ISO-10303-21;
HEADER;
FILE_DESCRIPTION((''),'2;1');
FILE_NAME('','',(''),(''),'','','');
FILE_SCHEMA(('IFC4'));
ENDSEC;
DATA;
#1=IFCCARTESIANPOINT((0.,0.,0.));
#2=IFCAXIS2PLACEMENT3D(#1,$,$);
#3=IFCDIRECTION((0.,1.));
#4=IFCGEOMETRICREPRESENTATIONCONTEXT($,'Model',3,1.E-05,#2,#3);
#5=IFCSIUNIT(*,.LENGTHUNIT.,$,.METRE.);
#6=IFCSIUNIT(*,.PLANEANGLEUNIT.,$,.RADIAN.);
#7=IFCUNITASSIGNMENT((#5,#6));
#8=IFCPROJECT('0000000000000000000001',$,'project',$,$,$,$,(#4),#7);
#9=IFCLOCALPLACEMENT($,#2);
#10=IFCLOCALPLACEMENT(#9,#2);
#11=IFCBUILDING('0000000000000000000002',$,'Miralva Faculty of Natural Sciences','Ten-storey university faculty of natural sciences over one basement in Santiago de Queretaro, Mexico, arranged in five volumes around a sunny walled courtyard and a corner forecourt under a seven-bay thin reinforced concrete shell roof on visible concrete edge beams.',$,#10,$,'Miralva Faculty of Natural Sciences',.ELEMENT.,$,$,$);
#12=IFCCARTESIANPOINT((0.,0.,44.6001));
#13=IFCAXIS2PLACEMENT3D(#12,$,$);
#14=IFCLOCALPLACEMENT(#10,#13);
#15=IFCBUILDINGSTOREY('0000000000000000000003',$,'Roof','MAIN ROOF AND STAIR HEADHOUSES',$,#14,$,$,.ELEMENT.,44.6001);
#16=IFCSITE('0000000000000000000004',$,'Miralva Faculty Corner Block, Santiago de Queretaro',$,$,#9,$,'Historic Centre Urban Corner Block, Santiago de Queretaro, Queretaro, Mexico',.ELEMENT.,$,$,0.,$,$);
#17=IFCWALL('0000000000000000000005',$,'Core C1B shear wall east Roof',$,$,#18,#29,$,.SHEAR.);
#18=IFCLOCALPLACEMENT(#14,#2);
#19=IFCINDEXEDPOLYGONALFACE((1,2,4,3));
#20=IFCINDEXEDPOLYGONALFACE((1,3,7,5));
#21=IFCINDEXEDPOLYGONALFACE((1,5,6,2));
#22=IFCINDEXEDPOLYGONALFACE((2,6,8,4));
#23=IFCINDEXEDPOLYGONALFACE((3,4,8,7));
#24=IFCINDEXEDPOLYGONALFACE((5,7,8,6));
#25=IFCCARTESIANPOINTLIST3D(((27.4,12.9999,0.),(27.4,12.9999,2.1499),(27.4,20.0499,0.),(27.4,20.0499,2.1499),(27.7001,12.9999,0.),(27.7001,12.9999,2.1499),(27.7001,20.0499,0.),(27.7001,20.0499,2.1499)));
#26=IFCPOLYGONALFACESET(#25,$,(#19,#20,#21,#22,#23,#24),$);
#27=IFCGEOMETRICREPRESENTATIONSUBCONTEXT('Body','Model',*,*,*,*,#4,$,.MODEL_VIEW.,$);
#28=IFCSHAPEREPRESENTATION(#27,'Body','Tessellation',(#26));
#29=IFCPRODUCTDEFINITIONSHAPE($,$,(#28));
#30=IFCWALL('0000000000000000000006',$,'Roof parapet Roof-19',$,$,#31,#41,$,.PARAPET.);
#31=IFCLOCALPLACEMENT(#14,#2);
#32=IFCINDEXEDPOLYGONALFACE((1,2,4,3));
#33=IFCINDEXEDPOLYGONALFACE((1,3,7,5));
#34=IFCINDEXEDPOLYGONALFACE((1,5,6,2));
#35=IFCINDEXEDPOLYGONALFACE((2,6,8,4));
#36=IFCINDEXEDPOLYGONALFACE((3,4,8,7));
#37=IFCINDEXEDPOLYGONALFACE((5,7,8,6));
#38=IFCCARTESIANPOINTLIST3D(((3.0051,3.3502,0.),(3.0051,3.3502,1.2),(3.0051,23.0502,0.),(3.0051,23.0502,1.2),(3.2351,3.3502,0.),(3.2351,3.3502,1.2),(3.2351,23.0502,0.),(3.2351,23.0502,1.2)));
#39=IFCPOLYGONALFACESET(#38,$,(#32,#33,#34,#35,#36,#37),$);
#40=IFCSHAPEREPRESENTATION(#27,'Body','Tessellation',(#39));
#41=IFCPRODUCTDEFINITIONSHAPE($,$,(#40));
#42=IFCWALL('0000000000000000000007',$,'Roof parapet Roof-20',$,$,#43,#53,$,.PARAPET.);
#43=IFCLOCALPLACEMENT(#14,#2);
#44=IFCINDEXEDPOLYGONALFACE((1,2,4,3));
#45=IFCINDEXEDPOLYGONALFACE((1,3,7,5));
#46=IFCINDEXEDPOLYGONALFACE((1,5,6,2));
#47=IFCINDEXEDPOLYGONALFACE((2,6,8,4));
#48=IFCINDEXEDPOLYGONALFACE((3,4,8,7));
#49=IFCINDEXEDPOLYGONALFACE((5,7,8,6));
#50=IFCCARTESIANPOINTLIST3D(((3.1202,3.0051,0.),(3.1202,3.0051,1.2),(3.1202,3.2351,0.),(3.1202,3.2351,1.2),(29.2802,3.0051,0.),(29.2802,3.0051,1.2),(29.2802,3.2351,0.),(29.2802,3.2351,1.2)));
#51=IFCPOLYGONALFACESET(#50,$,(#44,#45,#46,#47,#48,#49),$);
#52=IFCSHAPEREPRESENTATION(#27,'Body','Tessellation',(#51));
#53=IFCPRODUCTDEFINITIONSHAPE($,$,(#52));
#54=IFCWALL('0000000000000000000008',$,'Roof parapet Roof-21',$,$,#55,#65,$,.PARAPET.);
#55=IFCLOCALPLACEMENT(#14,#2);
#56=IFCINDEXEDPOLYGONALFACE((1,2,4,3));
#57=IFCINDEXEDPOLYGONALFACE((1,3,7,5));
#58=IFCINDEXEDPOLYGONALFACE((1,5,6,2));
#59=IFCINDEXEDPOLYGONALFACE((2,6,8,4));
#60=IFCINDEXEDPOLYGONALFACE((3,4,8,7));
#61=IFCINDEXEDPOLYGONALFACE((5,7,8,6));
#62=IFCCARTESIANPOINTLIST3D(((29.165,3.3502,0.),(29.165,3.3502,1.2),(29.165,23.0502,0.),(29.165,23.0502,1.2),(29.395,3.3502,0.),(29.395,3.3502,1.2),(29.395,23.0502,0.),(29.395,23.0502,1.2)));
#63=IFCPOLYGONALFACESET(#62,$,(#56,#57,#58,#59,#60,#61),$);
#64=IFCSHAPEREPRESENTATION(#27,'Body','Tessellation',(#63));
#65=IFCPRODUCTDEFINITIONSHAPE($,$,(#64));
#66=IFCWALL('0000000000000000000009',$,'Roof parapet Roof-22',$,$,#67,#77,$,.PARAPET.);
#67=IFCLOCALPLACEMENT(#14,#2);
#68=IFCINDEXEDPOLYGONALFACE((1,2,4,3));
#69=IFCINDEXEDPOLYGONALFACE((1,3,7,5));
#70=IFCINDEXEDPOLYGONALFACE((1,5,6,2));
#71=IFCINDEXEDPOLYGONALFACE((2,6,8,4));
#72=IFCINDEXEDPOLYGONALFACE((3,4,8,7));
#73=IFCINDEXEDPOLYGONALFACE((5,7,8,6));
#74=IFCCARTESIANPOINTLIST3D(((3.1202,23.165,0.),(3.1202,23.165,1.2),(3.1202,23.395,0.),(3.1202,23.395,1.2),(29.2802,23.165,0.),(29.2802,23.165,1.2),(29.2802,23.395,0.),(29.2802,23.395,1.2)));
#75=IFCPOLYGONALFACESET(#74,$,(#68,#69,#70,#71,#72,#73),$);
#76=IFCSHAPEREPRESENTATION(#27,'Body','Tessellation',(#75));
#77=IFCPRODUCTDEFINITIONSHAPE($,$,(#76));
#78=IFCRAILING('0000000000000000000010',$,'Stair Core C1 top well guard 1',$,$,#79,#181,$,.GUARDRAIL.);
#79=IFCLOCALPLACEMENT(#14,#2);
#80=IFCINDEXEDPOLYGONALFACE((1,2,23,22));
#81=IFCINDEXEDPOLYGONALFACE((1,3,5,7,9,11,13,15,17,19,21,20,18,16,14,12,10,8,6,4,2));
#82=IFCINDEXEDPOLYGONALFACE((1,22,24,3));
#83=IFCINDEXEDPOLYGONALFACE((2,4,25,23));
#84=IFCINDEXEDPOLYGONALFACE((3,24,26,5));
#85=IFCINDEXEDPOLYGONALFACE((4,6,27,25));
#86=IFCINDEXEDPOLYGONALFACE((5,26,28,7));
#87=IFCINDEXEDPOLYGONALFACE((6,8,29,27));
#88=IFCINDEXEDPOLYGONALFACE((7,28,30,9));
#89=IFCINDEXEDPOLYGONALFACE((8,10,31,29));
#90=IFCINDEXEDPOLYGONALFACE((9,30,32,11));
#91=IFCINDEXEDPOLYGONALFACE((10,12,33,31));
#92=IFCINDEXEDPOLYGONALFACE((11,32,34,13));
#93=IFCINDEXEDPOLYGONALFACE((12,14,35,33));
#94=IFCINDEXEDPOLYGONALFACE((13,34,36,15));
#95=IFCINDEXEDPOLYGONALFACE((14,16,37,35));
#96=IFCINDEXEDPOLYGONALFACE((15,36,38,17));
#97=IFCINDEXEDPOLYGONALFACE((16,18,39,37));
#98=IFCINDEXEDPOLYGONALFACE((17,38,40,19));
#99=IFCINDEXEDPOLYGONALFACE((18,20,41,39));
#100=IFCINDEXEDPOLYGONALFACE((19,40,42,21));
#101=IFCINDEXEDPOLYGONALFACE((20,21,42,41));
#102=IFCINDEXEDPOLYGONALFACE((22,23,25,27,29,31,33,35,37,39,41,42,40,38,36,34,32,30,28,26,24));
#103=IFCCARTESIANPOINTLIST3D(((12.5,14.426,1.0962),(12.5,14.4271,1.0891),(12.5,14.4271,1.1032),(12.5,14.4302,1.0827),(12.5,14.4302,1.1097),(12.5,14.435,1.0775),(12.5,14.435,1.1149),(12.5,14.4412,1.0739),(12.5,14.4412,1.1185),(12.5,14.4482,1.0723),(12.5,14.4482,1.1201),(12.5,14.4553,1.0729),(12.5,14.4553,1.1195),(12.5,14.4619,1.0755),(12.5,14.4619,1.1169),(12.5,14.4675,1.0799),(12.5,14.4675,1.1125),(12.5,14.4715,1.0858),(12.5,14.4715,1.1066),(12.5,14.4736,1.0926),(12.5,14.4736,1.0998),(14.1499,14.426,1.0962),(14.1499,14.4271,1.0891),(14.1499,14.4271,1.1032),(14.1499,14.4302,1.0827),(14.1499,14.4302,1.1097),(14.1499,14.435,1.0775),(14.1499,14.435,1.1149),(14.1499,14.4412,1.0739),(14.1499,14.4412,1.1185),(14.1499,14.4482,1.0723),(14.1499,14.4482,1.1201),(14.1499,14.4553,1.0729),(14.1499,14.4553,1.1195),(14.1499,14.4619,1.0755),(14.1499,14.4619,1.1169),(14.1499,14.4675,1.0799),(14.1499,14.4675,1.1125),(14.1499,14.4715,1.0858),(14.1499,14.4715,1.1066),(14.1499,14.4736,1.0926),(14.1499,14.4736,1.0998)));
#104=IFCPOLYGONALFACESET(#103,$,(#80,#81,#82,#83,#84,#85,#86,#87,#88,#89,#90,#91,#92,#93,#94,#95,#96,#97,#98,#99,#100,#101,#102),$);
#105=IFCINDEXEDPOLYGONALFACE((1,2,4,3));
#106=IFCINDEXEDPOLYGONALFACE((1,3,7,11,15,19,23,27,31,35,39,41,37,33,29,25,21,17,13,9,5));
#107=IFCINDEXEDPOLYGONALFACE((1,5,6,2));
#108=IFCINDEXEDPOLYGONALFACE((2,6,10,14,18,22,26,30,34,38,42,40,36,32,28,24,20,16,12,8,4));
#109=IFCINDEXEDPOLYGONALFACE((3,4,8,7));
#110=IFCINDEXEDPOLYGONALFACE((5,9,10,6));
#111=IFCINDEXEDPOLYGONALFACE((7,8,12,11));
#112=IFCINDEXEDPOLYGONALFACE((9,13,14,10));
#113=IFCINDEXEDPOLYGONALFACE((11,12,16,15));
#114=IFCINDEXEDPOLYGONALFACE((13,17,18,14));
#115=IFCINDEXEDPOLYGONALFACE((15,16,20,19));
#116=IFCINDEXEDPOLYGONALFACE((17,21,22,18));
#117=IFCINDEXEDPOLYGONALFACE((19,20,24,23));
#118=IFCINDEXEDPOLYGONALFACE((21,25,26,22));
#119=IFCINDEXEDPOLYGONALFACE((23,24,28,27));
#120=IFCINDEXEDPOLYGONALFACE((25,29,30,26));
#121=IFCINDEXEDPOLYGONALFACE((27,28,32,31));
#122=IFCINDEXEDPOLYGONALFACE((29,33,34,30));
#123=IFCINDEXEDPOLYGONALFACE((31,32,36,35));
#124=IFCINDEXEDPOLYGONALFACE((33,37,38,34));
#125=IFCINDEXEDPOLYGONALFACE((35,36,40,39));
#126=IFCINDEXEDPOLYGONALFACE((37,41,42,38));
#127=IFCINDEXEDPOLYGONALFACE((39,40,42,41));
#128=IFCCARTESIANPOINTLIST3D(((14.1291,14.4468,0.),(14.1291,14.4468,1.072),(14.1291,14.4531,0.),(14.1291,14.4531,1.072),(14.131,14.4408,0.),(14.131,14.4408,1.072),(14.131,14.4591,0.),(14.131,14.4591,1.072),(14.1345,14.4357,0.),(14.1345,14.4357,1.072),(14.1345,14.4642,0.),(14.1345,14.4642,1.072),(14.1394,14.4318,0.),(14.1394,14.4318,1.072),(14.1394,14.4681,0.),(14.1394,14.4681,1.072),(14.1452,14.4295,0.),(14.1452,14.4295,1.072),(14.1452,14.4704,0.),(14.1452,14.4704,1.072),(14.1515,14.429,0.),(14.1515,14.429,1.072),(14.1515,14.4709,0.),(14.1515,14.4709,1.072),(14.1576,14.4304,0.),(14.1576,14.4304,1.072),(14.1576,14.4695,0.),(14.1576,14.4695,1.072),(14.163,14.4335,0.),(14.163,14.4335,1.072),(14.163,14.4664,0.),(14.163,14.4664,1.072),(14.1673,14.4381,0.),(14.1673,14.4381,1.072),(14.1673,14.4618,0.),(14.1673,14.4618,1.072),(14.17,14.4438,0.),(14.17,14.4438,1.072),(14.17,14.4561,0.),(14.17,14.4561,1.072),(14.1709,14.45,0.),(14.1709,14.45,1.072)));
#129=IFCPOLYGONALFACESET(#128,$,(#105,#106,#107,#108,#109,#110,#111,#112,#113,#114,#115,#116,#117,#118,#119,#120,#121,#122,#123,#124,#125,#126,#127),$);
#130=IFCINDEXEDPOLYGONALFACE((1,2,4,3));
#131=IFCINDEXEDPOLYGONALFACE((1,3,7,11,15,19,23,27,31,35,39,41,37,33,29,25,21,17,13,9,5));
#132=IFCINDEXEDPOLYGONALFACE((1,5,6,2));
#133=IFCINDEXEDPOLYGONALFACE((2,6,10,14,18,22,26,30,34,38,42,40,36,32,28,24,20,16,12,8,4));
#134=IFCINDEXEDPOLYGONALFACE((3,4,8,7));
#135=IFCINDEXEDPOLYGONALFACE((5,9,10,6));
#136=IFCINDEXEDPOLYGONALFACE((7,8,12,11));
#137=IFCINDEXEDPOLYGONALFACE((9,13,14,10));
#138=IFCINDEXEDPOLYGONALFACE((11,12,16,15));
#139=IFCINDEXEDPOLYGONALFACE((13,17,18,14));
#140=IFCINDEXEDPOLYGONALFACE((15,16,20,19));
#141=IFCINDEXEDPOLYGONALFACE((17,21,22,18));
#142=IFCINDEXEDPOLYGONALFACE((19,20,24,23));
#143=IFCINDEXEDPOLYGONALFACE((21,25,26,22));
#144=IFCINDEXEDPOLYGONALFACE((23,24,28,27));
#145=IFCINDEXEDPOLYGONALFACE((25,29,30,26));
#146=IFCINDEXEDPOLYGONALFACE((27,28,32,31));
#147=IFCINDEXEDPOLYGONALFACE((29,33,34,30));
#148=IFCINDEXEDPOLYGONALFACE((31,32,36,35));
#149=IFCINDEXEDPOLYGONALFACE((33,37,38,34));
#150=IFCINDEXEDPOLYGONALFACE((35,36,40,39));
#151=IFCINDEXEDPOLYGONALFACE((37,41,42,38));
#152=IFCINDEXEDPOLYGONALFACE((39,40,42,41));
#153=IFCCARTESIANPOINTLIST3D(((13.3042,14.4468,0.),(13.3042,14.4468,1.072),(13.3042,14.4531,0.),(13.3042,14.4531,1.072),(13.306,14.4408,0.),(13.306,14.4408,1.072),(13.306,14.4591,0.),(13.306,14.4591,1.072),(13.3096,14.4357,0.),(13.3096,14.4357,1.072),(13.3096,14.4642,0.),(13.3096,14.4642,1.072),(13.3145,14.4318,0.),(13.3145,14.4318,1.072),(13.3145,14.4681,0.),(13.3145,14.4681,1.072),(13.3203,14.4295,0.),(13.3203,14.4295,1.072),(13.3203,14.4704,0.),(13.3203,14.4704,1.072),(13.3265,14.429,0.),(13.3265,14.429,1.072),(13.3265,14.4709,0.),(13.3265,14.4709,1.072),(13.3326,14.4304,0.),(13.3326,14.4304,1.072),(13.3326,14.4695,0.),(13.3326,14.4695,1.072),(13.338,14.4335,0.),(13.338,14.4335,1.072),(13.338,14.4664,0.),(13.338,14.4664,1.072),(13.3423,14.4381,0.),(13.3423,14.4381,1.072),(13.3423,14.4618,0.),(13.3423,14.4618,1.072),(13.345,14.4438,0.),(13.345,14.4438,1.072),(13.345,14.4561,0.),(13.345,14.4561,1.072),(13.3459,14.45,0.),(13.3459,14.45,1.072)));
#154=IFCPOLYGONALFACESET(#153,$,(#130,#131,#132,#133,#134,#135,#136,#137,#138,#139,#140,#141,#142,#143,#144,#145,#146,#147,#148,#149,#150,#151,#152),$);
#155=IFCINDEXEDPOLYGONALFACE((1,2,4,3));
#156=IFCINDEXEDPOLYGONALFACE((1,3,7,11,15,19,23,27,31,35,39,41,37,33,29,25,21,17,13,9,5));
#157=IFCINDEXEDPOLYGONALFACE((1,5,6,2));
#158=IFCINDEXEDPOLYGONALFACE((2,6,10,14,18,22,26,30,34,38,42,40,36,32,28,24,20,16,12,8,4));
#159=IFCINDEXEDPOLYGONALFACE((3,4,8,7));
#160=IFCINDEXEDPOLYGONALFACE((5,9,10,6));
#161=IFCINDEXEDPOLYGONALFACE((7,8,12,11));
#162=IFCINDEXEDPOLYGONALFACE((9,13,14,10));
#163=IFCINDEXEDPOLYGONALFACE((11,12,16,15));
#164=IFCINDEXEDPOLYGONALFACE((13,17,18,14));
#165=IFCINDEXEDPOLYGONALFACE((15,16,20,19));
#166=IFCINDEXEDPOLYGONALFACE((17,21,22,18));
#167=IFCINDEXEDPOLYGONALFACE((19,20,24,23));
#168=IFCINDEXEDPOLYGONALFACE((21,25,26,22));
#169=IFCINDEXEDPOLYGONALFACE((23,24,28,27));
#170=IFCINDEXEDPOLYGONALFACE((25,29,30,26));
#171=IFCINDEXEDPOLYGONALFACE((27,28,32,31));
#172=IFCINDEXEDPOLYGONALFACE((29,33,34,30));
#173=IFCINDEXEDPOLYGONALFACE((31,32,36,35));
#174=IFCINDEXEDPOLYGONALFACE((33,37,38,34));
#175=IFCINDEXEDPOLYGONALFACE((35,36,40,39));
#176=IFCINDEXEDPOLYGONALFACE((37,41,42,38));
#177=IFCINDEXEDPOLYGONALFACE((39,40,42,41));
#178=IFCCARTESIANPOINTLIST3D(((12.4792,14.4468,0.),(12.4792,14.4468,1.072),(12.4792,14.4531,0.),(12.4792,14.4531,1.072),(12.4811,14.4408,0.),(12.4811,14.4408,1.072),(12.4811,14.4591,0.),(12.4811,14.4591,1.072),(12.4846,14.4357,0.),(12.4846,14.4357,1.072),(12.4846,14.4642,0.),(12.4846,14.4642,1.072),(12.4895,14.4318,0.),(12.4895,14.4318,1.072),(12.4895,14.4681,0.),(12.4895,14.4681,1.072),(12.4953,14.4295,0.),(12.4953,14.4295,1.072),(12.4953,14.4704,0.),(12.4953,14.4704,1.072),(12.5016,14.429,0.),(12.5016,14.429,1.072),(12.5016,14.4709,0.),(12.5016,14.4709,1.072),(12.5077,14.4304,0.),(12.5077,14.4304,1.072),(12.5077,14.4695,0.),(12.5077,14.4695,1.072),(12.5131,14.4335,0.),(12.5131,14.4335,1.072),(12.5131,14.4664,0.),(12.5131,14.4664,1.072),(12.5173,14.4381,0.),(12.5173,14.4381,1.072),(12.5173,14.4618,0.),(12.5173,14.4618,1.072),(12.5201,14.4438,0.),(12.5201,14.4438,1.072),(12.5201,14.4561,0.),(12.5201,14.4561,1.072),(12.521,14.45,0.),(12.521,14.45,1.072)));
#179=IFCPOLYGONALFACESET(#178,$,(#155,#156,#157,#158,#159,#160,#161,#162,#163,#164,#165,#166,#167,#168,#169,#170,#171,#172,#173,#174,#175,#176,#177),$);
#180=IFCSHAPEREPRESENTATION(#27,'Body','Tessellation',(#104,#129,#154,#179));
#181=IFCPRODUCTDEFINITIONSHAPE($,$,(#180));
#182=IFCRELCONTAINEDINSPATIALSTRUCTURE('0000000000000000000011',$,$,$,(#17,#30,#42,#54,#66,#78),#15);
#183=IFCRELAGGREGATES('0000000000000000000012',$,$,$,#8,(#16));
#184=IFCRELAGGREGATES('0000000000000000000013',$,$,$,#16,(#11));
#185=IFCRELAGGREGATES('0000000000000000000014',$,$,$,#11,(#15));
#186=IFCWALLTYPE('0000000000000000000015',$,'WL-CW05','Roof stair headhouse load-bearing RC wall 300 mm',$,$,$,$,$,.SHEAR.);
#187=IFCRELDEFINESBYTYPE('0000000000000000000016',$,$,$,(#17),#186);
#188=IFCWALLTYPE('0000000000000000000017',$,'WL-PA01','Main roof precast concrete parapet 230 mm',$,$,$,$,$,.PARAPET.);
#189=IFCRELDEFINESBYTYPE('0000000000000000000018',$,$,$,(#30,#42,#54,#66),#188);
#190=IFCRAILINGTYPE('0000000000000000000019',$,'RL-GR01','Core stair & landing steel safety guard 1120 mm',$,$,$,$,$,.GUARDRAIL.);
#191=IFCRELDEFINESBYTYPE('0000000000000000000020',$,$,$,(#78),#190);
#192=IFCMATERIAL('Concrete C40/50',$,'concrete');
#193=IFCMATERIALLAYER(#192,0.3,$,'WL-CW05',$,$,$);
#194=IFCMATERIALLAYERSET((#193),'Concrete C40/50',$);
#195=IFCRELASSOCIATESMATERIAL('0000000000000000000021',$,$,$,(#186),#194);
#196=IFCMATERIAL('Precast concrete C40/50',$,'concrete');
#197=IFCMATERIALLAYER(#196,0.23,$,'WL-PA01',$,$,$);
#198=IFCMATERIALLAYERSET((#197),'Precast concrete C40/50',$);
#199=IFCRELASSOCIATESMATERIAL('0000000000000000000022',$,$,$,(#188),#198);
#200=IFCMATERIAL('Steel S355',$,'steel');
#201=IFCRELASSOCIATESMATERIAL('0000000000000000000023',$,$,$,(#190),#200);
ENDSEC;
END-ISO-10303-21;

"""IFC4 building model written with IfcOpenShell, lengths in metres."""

from ifc_helpers import new_model, si_unit, direction, frame, frame_2d, origin, origin_2d, place, context, subcontext, project, spatial, rectangle, circle, extrude, material, layer, layer_set, type_object, element, save


model = new_model("IFC4")

# Units and contexts
model_context = context("Model", 3, precision=1e-05, world=origin(), true_north=direction((0.0, 1.0)))
body_context = subcontext(model_context, "Body", "Model", "MODEL_VIEW")
ifc_project = project(units=[si_unit("LENGTHUNIT", "METRE"), si_unit("PLANEANGLEUNIT", "RADIAN")], contexts=[model_context])

# Site, building, storey
site_placement = place(None, origin())
site = spatial("IfcSite", under=ifc_project, at=site_placement, Name="Miralva Faculty Corner Block, Santiago de Queretaro", LongName="Historic Centre Urban Corner Block, Santiago de Queretaro, Queretaro, Mexico", CompositionType="ELEMENT", RefElevation=0.0)
building_placement = place(site_placement, origin())
building = spatial("IfcBuilding", under=site, at=building_placement, Name="Miralva Faculty of Natural Sciences", Description="Ten-storey university faculty of natural sciences over one basement in Santiago de Queretaro, Mexico, arranged in five volumes around a sunny walled courtyard and a corner forecourt under a seven-bay thin reinforced concrete shell roof on visible concrete edge beams.", LongName="Miralva Faculty of Natural Sciences", CompositionType="ELEMENT")
storey_placement = place(building_placement, frame((0.0, 0.0, 44.6001)))
storey = spatial("IfcBuildingStorey", under=building, at=storey_placement, Name="Roof", Description="MAIN ROOF AND STAIR HEADHOUSES", CompositionType="ELEMENT", Elevation=44.6001)

# Shared definitions
ifc_material_1 = material(Name="Concrete C40/50", Category="concrete")

# Walls
ifc_layer_1 = layer(ifc_material_1, 0.3, Name="WL-CW05")
ifc_layer_set_1 = layer_set([ifc_layer_1], Name="Concrete C40/50")
wall_type_1 = type_object("IfcWallType", Name="WL-CW05", Description="Roof stair headhouse load-bearing RC wall 300 mm", PredefinedType="SHEAR", material=ifc_layer_set_1)
for number, where, z_axis, x_axis, name in (
    (1, (27.55, 13.0, 0.0), (0.0, 0.0, 1.0), (0.0, 1.0, 0.0), "Core C1B shear wall east Roof"),
):
    element("IfcWall", number, at=place(storey_placement, frame(where, z_axis=z_axis, x_axis=x_axis)), inside=storey, type_object=wall_type_1, Name=name, PredefinedType="SHEAR", context=body_context, shape_type="SweptSolid", body=[
        extrude(rectangle(XDim=7.05, YDim=0.3, at=frame_2d((3.5249, 0.0))), origin(), (0.0, 0.0, 1.0), 2.1499),
    ])
ifc_material_2 = material(Name="Precast concrete C40/50", Category="concrete")
ifc_layer_2 = layer(ifc_material_2, 0.23, Name="WL-PA01")
ifc_layer_set_2 = layer_set([ifc_layer_2], Name="Precast concrete C40/50")
wall_type_2 = type_object("IfcWallType", Name="WL-PA01", Description="Main roof precast concrete parapet 230 mm", PredefinedType="PARAPET", material=ifc_layer_set_2)
wall_1_placement = place(storey_placement, frame((3.1201, 3.3501, 0.0), z_axis=(0.0, 0.0, 1.0), x_axis=(0.0, 1.0, 0.0)))
element("IfcWall", 2, at=wall_1_placement, inside=storey, type_object=wall_type_2, Name="Roof parapet Roof-19", PredefinedType="PARAPET", context=body_context, shape_type="SweptSolid", body=[
    extrude(rectangle(XDim=19.7, YDim=0.23, at=frame_2d((9.8501, 0.0))), origin(), (0.0, 0.0, 1.0), 1.2),
])
wall_2_placement = place(storey_placement, frame((3.1201, 3.1201, 0.0), z_axis=(0.0, 0.0, 1.0), x_axis=(1.0, 0.0, 0.0)))
element("IfcWall", 3, at=wall_2_placement, inside=storey, type_object=wall_type_2, Name="Roof parapet Roof-20", PredefinedType="PARAPET", context=body_context, shape_type="SweptSolid", body=[
    extrude(rectangle(XDim=26.1599, YDim=0.23, at=frame_2d((13.0801, 0.0))), origin(), (0.0, 0.0, 1.0), 1.2),
])
wall_3_placement = place(storey_placement, frame((29.28, 3.3501, 0.0), z_axis=(0.0, 0.0, 1.0), x_axis=(0.0, 1.0, 0.0)))
element("IfcWall", 4, at=wall_3_placement, inside=storey, type_object=wall_type_2, Name="Roof parapet Roof-21", PredefinedType="PARAPET", context=body_context, shape_type="SweptSolid", body=[
    extrude(rectangle(XDim=19.7, YDim=0.23, at=frame_2d((9.8501, 0.0))), origin(), (0.0, 0.0, 1.0), 1.2),
])
wall_4_placement = place(storey_placement, frame((3.1201, 23.28, 0.0), z_axis=(0.0, 0.0, 1.0), x_axis=(1.0, 0.0, 0.0)))
element("IfcWall", 5, at=wall_4_placement, inside=storey, type_object=wall_type_2, Name="Roof parapet Roof-22", PredefinedType="PARAPET", context=body_context, shape_type="SweptSolid", body=[
    extrude(rectangle(XDim=26.1599, YDim=0.23, at=frame_2d((13.0801, 0.0))), origin(), (0.0, 0.0, 1.0), 1.2),
])

# Railing
ifc_material_3 = material(Name="Steel S355", Category="steel")
railing_type = type_object("IfcRailingType", Name="RL-GR01", Description="Core stair & landing steel safety guard 1120 mm", PredefinedType="GUARDRAIL", material=ifc_material_3)
railing_1_placement = place(storey_placement, frame((14.1499, 14.45, 0.0)))
element("IfcRailing", 6, at=railing_1_placement, inside=storey, type_object=railing_type, Name="Stair Core C1 top well guard 1", PredefinedType="GUARDRAIL", context=body_context, shape_type="SweptSolid", body=[
    extrude(circle(Radius=0.0239, at=origin_2d()), frame((0.0, 0.0, 1.0962), z_axis=(-1.0, 0.0, 0.0), x_axis=(0.0, -1.0, 0.0)), (0.0, 0.0, 1.0), 1.6499),
    extrude(circle(Radius=0.021, at=origin_2d()), origin(), (0.0, 0.0, 1.0), 1.072),
    extrude(circle(Radius=0.021, at=origin_2d()), frame((-0.825, 0.0, 0.0)), (0.0, 0.0, 1.0), 1.072),
    extrude(circle(Radius=0.021, at=origin_2d()), frame((-1.6499, 0.0, 0.0)), (0.0, 0.0, 1.0), 1.072),
])

save(model, "model.ifc")
